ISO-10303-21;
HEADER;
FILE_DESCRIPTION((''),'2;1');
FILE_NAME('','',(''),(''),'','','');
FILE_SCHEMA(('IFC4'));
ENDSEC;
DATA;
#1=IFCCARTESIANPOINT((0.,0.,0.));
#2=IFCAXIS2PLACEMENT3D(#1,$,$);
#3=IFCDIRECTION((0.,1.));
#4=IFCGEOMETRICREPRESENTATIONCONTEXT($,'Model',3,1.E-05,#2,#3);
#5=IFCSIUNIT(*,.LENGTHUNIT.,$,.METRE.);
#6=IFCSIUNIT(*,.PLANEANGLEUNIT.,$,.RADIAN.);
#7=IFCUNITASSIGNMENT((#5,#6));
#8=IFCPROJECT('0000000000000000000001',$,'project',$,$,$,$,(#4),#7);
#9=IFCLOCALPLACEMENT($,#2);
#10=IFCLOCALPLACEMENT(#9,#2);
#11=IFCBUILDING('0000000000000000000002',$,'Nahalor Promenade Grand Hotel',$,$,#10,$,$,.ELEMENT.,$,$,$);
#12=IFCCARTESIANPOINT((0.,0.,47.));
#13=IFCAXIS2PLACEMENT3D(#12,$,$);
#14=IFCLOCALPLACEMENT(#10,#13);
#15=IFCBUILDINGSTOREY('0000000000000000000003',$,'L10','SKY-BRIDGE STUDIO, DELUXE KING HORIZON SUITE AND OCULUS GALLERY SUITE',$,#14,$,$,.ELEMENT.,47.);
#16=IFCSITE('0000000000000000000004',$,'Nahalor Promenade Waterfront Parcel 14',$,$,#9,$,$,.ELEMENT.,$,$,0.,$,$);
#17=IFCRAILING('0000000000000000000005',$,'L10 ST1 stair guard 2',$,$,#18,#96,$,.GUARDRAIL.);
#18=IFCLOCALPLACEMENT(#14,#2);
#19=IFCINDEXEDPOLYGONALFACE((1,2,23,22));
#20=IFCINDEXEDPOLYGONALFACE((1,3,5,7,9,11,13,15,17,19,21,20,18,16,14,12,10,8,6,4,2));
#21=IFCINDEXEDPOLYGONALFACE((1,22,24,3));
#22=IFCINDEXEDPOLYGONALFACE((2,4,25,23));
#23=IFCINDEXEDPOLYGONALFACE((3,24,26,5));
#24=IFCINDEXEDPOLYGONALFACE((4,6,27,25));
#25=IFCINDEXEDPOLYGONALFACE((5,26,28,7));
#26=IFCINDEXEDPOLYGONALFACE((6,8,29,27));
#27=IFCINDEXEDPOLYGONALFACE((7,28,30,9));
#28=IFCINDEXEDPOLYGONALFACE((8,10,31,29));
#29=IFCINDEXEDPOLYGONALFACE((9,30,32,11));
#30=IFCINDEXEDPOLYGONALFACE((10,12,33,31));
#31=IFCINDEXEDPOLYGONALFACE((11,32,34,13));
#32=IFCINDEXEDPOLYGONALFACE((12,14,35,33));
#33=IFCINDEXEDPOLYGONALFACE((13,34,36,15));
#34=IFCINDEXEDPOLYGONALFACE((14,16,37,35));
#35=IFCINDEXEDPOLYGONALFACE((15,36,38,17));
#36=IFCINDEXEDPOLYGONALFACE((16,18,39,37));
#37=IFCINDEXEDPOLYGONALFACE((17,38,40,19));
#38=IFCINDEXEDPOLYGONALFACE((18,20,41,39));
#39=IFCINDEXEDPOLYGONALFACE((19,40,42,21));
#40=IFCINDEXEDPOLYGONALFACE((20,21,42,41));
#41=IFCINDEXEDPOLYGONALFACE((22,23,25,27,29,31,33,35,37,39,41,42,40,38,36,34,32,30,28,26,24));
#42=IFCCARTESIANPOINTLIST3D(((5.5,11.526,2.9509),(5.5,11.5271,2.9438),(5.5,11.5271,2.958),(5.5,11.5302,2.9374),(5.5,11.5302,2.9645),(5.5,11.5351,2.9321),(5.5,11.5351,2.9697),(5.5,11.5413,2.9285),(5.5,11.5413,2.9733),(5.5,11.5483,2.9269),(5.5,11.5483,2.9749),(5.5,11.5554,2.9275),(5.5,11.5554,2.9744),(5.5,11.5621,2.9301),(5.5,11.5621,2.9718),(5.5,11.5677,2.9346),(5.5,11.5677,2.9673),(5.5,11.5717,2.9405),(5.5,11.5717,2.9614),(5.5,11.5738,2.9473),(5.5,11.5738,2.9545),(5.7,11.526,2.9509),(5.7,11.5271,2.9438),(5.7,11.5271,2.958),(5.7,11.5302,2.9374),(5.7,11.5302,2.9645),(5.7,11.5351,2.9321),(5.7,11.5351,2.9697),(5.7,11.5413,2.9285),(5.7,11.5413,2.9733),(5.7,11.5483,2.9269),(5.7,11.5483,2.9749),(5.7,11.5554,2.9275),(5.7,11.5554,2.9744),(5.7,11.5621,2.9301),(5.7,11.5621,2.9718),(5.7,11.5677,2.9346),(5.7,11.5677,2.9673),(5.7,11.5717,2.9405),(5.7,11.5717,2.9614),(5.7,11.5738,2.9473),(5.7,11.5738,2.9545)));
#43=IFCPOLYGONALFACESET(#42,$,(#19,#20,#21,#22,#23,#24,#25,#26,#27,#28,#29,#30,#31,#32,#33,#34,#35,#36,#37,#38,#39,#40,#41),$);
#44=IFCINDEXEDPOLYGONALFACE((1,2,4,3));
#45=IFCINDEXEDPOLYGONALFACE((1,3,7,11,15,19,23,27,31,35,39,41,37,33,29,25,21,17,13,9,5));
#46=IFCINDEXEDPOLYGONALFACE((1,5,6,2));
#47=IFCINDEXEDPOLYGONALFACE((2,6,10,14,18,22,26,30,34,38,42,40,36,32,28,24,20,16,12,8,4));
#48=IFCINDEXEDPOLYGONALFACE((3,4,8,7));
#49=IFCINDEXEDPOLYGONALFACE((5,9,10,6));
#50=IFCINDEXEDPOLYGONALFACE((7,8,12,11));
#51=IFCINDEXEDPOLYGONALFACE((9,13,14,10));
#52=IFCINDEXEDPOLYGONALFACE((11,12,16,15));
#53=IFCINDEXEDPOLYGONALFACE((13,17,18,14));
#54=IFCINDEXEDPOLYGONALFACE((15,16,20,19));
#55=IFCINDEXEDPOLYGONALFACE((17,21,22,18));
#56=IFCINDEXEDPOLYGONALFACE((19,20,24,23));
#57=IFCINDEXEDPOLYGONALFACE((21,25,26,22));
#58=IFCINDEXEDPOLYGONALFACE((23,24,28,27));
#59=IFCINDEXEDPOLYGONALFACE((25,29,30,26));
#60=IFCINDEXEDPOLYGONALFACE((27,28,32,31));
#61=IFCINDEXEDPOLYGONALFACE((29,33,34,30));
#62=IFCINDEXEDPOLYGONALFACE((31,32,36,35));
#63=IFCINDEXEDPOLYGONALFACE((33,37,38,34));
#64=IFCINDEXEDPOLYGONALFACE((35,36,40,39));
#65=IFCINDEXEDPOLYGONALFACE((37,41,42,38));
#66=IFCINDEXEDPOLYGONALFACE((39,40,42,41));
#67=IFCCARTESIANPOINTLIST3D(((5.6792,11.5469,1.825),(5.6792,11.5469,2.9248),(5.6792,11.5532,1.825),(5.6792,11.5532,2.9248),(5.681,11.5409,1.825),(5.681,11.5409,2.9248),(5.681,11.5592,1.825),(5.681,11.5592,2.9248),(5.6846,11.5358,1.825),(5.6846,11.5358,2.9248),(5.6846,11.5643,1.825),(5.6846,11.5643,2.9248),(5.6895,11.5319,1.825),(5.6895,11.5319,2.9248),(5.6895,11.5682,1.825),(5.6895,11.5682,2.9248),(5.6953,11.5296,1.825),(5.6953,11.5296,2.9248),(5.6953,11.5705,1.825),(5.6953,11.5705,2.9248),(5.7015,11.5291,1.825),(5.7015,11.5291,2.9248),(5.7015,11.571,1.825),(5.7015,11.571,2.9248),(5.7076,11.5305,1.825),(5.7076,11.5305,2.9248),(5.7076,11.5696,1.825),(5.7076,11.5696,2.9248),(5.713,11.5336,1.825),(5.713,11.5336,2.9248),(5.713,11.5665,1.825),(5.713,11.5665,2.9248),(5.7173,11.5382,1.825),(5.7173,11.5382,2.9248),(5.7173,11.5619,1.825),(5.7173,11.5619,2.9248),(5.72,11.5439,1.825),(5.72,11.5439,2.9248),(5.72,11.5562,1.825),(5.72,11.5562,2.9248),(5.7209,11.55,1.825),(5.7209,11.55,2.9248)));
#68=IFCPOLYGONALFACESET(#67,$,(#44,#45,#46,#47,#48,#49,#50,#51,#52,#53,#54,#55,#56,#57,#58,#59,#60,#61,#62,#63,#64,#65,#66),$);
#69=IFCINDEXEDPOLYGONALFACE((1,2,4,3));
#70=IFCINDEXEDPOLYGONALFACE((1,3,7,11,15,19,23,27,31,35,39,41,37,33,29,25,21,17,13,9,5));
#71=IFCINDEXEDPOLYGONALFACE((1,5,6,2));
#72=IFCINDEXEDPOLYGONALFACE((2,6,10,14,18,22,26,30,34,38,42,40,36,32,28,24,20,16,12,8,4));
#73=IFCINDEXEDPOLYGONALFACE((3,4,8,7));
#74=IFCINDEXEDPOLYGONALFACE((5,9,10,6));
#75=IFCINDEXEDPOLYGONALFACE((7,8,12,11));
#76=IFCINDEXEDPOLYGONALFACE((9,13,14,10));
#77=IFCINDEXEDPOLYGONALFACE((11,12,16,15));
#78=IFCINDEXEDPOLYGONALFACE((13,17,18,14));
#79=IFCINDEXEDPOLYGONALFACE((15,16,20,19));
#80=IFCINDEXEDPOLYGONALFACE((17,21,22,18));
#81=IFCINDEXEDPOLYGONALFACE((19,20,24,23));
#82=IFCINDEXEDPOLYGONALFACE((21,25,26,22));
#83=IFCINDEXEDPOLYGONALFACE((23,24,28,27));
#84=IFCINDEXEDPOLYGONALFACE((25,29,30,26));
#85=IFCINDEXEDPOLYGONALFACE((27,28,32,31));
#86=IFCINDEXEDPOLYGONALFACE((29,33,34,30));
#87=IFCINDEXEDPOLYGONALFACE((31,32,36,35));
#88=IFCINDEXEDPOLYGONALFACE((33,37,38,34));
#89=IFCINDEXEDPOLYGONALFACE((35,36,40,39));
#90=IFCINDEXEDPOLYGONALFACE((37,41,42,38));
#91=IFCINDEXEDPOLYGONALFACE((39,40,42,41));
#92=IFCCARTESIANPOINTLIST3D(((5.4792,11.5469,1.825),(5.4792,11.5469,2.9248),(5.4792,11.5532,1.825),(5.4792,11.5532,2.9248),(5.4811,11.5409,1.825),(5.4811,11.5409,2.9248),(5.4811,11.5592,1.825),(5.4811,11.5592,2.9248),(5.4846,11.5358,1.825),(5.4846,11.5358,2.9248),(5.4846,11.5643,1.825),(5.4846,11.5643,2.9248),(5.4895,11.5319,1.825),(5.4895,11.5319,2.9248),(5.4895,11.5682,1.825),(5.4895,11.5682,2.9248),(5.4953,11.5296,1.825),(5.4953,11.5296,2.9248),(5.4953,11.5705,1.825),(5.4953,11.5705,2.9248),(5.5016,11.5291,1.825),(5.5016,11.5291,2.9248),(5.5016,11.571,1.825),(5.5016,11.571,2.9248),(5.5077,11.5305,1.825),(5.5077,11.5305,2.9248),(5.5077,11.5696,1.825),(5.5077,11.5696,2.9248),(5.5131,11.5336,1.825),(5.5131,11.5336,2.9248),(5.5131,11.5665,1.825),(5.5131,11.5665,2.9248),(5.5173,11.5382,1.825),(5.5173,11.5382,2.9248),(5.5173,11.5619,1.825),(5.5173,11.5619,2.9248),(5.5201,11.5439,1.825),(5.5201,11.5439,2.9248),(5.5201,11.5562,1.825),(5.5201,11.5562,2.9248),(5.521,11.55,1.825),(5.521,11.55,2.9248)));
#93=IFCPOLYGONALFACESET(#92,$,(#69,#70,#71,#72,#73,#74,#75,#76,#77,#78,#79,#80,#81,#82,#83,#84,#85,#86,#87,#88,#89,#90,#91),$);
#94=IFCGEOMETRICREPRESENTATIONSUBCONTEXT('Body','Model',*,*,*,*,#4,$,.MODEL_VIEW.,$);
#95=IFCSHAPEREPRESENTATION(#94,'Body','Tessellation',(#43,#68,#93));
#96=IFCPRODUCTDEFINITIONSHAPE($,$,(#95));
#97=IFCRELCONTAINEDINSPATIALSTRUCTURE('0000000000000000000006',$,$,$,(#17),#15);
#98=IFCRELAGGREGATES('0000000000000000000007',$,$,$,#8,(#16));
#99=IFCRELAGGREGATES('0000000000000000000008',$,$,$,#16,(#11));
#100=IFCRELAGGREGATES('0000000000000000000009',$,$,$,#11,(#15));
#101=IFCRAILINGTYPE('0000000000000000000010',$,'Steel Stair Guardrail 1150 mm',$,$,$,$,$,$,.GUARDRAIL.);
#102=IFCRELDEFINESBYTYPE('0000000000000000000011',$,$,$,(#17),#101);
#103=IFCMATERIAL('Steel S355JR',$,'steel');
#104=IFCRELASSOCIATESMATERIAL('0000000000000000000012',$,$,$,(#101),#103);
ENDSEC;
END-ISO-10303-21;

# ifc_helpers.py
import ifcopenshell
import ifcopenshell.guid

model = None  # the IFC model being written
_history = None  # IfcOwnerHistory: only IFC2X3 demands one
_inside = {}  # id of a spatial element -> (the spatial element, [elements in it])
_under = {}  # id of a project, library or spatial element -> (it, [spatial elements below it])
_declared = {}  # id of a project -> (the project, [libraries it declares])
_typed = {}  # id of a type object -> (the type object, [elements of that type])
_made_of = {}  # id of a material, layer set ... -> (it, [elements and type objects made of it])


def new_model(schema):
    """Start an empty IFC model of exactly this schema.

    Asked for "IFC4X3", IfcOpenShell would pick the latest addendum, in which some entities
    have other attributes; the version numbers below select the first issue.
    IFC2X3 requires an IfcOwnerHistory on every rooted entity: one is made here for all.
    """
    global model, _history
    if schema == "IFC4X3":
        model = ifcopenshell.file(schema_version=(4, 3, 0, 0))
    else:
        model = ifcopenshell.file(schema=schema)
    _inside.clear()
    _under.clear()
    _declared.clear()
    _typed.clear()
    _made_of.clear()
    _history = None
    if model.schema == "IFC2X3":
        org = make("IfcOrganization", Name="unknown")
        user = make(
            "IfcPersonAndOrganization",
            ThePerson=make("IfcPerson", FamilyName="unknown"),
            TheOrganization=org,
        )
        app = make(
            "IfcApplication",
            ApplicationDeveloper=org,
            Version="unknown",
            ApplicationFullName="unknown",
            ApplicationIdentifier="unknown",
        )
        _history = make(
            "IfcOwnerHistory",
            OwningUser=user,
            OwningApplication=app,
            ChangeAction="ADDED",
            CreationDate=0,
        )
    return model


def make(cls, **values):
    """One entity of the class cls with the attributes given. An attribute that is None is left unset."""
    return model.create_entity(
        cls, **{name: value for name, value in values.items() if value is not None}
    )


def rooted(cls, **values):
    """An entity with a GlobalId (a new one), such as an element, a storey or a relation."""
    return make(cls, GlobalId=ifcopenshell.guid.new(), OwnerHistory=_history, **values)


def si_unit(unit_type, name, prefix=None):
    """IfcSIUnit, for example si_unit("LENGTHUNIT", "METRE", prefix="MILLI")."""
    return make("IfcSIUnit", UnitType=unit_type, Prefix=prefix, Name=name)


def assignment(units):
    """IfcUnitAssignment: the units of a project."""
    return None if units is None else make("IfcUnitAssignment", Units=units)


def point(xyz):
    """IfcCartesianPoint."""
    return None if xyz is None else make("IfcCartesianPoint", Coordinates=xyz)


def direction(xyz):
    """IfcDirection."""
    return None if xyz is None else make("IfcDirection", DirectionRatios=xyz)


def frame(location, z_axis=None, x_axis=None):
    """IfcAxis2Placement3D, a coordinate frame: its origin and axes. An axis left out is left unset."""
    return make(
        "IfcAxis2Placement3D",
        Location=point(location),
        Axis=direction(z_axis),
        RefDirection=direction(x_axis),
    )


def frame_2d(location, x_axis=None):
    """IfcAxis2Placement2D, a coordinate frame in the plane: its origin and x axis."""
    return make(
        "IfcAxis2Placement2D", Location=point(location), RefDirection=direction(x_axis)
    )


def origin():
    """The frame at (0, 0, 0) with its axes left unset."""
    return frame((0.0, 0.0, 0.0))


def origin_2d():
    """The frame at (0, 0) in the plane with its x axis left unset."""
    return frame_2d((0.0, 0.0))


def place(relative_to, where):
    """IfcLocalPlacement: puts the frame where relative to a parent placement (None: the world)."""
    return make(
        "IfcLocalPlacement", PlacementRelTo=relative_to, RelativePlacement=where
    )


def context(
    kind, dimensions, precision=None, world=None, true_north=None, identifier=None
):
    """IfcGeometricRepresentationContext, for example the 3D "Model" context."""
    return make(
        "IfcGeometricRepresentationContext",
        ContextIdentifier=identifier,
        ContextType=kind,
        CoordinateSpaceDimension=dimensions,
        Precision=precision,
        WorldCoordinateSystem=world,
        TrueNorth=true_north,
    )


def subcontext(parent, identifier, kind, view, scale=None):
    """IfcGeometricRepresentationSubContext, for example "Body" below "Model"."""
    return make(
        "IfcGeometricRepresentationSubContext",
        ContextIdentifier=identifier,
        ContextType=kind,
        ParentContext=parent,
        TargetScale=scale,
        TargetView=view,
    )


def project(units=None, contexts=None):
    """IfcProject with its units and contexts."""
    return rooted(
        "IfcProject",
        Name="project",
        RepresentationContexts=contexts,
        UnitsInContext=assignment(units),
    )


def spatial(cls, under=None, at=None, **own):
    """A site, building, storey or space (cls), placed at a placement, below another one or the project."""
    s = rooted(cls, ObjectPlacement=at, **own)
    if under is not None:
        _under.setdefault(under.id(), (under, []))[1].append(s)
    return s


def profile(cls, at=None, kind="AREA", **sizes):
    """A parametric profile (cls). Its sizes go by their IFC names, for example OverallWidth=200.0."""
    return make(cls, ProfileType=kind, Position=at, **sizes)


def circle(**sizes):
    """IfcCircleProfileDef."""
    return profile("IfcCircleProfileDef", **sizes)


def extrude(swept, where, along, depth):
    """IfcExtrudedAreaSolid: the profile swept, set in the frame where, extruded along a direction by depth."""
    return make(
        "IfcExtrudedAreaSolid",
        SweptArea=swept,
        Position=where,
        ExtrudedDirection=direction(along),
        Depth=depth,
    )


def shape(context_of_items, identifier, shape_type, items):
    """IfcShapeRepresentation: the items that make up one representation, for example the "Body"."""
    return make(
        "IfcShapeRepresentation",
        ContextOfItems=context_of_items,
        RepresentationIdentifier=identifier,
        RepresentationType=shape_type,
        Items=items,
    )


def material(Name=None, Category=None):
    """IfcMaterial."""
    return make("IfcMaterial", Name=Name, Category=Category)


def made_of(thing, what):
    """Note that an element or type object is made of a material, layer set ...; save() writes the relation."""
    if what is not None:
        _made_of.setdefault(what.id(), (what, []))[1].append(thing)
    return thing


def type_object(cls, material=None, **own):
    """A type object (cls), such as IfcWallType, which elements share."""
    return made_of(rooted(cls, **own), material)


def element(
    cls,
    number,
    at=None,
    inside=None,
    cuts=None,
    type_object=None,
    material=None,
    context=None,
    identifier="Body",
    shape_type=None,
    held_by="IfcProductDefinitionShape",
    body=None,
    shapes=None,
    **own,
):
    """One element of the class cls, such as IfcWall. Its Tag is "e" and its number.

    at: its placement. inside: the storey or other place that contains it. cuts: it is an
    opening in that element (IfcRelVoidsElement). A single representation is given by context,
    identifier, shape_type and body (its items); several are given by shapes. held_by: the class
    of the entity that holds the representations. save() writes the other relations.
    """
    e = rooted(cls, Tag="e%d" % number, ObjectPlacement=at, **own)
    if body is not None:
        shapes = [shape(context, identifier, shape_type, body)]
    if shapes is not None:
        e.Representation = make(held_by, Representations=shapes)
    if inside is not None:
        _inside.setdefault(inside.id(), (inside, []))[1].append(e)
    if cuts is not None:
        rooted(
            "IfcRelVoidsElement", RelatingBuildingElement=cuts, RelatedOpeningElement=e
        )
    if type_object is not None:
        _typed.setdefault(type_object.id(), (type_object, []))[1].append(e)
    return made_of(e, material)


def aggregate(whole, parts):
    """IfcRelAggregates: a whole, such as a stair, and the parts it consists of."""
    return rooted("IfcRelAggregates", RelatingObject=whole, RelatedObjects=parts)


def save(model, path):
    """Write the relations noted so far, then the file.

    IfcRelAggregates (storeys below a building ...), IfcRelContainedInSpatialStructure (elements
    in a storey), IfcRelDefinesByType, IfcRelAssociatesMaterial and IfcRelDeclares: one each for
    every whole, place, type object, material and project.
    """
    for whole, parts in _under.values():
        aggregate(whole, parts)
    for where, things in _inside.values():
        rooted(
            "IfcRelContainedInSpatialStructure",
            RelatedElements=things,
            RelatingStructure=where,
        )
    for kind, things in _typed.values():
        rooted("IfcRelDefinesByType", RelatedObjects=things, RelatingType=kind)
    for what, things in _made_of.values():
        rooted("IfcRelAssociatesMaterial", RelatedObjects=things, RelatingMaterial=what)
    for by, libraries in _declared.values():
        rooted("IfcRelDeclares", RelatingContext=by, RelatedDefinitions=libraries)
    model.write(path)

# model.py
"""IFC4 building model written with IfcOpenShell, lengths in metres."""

from ifc_helpers import new_model, si_unit, direction, frame, origin, origin_2d, place, context, subcontext, project, spatial, circle, extrude, material, type_object, element, save


model = new_model("IFC4")

# Units and contexts
model_context = context("Model", 3, precision=1e-05, world=origin(), true_north=direction((0.0, 1.0)))
body_context = subcontext(model_context, "Body", "Model", "MODEL_VIEW")
ifc_project = project(units=[si_unit("LENGTHUNIT", "METRE"), si_unit("PLANEANGLEUNIT", "RADIAN")], contexts=[model_context])

# Site, building, storey
site_placement = place(None, origin())
site = spatial("IfcSite", under=ifc_project, at=site_placement, Name="Nahalor Promenade Waterfront Parcel 14", CompositionType="ELEMENT", RefElevation=0.0)
building_placement = place(site_placement, origin())
building = spatial("IfcBuilding", under=site, at=building_placement, Name="Nahalor Promenade Grand Hotel", CompositionType="ELEMENT")
storey_placement = place(building_placement, frame((0.0, 0.0, 47.0)))
storey = spatial("IfcBuildingStorey", under=building, at=storey_placement, Name="L10", Description="SKY-BRIDGE STUDIO, DELUXE KING HORIZON SUITE AND OCULUS GALLERY SUITE", CompositionType="ELEMENT", Elevation=47.0)

# Shared definitions
ifc_material_1 = material(Name="Steel S355JR", Category="steel")

# Railing
railing_type_1 = type_object("IfcRailingType", Name="Steel Stair Guardrail 1150 mm", PredefinedType="GUARDRAIL", material=ifc_material_1)
railing_1_placement = place(storey_placement, frame((5.7, 11.55, 1.825)))
element("IfcRailing", 1, at=railing_1_placement, inside=storey, type_object=railing_type_1, Name="L10 ST1 stair guard 2", PredefinedType="GUARDRAIL", context=body_context, shape_type="SweptSolid", body=[
    extrude(circle(Radius=0.024, at=origin_2d()), frame((0.0, 0.0, 1.126), z_axis=(-1.0, 0.0, 0.0), x_axis=(0.0, -1.0, 0.0)), (0.0, 0.0, 1.0), 0.2),
    extrude(circle(Radius=0.021, at=origin_2d()), origin(), (0.0, 0.0, 1.0), 1.0999),
    extrude(circle(Radius=0.021, at=origin_2d()), frame((-0.2, 0.0, 0.0)), (0.0, 0.0, 1.0), 1.0999),
])

save(model, "model.ifc")
